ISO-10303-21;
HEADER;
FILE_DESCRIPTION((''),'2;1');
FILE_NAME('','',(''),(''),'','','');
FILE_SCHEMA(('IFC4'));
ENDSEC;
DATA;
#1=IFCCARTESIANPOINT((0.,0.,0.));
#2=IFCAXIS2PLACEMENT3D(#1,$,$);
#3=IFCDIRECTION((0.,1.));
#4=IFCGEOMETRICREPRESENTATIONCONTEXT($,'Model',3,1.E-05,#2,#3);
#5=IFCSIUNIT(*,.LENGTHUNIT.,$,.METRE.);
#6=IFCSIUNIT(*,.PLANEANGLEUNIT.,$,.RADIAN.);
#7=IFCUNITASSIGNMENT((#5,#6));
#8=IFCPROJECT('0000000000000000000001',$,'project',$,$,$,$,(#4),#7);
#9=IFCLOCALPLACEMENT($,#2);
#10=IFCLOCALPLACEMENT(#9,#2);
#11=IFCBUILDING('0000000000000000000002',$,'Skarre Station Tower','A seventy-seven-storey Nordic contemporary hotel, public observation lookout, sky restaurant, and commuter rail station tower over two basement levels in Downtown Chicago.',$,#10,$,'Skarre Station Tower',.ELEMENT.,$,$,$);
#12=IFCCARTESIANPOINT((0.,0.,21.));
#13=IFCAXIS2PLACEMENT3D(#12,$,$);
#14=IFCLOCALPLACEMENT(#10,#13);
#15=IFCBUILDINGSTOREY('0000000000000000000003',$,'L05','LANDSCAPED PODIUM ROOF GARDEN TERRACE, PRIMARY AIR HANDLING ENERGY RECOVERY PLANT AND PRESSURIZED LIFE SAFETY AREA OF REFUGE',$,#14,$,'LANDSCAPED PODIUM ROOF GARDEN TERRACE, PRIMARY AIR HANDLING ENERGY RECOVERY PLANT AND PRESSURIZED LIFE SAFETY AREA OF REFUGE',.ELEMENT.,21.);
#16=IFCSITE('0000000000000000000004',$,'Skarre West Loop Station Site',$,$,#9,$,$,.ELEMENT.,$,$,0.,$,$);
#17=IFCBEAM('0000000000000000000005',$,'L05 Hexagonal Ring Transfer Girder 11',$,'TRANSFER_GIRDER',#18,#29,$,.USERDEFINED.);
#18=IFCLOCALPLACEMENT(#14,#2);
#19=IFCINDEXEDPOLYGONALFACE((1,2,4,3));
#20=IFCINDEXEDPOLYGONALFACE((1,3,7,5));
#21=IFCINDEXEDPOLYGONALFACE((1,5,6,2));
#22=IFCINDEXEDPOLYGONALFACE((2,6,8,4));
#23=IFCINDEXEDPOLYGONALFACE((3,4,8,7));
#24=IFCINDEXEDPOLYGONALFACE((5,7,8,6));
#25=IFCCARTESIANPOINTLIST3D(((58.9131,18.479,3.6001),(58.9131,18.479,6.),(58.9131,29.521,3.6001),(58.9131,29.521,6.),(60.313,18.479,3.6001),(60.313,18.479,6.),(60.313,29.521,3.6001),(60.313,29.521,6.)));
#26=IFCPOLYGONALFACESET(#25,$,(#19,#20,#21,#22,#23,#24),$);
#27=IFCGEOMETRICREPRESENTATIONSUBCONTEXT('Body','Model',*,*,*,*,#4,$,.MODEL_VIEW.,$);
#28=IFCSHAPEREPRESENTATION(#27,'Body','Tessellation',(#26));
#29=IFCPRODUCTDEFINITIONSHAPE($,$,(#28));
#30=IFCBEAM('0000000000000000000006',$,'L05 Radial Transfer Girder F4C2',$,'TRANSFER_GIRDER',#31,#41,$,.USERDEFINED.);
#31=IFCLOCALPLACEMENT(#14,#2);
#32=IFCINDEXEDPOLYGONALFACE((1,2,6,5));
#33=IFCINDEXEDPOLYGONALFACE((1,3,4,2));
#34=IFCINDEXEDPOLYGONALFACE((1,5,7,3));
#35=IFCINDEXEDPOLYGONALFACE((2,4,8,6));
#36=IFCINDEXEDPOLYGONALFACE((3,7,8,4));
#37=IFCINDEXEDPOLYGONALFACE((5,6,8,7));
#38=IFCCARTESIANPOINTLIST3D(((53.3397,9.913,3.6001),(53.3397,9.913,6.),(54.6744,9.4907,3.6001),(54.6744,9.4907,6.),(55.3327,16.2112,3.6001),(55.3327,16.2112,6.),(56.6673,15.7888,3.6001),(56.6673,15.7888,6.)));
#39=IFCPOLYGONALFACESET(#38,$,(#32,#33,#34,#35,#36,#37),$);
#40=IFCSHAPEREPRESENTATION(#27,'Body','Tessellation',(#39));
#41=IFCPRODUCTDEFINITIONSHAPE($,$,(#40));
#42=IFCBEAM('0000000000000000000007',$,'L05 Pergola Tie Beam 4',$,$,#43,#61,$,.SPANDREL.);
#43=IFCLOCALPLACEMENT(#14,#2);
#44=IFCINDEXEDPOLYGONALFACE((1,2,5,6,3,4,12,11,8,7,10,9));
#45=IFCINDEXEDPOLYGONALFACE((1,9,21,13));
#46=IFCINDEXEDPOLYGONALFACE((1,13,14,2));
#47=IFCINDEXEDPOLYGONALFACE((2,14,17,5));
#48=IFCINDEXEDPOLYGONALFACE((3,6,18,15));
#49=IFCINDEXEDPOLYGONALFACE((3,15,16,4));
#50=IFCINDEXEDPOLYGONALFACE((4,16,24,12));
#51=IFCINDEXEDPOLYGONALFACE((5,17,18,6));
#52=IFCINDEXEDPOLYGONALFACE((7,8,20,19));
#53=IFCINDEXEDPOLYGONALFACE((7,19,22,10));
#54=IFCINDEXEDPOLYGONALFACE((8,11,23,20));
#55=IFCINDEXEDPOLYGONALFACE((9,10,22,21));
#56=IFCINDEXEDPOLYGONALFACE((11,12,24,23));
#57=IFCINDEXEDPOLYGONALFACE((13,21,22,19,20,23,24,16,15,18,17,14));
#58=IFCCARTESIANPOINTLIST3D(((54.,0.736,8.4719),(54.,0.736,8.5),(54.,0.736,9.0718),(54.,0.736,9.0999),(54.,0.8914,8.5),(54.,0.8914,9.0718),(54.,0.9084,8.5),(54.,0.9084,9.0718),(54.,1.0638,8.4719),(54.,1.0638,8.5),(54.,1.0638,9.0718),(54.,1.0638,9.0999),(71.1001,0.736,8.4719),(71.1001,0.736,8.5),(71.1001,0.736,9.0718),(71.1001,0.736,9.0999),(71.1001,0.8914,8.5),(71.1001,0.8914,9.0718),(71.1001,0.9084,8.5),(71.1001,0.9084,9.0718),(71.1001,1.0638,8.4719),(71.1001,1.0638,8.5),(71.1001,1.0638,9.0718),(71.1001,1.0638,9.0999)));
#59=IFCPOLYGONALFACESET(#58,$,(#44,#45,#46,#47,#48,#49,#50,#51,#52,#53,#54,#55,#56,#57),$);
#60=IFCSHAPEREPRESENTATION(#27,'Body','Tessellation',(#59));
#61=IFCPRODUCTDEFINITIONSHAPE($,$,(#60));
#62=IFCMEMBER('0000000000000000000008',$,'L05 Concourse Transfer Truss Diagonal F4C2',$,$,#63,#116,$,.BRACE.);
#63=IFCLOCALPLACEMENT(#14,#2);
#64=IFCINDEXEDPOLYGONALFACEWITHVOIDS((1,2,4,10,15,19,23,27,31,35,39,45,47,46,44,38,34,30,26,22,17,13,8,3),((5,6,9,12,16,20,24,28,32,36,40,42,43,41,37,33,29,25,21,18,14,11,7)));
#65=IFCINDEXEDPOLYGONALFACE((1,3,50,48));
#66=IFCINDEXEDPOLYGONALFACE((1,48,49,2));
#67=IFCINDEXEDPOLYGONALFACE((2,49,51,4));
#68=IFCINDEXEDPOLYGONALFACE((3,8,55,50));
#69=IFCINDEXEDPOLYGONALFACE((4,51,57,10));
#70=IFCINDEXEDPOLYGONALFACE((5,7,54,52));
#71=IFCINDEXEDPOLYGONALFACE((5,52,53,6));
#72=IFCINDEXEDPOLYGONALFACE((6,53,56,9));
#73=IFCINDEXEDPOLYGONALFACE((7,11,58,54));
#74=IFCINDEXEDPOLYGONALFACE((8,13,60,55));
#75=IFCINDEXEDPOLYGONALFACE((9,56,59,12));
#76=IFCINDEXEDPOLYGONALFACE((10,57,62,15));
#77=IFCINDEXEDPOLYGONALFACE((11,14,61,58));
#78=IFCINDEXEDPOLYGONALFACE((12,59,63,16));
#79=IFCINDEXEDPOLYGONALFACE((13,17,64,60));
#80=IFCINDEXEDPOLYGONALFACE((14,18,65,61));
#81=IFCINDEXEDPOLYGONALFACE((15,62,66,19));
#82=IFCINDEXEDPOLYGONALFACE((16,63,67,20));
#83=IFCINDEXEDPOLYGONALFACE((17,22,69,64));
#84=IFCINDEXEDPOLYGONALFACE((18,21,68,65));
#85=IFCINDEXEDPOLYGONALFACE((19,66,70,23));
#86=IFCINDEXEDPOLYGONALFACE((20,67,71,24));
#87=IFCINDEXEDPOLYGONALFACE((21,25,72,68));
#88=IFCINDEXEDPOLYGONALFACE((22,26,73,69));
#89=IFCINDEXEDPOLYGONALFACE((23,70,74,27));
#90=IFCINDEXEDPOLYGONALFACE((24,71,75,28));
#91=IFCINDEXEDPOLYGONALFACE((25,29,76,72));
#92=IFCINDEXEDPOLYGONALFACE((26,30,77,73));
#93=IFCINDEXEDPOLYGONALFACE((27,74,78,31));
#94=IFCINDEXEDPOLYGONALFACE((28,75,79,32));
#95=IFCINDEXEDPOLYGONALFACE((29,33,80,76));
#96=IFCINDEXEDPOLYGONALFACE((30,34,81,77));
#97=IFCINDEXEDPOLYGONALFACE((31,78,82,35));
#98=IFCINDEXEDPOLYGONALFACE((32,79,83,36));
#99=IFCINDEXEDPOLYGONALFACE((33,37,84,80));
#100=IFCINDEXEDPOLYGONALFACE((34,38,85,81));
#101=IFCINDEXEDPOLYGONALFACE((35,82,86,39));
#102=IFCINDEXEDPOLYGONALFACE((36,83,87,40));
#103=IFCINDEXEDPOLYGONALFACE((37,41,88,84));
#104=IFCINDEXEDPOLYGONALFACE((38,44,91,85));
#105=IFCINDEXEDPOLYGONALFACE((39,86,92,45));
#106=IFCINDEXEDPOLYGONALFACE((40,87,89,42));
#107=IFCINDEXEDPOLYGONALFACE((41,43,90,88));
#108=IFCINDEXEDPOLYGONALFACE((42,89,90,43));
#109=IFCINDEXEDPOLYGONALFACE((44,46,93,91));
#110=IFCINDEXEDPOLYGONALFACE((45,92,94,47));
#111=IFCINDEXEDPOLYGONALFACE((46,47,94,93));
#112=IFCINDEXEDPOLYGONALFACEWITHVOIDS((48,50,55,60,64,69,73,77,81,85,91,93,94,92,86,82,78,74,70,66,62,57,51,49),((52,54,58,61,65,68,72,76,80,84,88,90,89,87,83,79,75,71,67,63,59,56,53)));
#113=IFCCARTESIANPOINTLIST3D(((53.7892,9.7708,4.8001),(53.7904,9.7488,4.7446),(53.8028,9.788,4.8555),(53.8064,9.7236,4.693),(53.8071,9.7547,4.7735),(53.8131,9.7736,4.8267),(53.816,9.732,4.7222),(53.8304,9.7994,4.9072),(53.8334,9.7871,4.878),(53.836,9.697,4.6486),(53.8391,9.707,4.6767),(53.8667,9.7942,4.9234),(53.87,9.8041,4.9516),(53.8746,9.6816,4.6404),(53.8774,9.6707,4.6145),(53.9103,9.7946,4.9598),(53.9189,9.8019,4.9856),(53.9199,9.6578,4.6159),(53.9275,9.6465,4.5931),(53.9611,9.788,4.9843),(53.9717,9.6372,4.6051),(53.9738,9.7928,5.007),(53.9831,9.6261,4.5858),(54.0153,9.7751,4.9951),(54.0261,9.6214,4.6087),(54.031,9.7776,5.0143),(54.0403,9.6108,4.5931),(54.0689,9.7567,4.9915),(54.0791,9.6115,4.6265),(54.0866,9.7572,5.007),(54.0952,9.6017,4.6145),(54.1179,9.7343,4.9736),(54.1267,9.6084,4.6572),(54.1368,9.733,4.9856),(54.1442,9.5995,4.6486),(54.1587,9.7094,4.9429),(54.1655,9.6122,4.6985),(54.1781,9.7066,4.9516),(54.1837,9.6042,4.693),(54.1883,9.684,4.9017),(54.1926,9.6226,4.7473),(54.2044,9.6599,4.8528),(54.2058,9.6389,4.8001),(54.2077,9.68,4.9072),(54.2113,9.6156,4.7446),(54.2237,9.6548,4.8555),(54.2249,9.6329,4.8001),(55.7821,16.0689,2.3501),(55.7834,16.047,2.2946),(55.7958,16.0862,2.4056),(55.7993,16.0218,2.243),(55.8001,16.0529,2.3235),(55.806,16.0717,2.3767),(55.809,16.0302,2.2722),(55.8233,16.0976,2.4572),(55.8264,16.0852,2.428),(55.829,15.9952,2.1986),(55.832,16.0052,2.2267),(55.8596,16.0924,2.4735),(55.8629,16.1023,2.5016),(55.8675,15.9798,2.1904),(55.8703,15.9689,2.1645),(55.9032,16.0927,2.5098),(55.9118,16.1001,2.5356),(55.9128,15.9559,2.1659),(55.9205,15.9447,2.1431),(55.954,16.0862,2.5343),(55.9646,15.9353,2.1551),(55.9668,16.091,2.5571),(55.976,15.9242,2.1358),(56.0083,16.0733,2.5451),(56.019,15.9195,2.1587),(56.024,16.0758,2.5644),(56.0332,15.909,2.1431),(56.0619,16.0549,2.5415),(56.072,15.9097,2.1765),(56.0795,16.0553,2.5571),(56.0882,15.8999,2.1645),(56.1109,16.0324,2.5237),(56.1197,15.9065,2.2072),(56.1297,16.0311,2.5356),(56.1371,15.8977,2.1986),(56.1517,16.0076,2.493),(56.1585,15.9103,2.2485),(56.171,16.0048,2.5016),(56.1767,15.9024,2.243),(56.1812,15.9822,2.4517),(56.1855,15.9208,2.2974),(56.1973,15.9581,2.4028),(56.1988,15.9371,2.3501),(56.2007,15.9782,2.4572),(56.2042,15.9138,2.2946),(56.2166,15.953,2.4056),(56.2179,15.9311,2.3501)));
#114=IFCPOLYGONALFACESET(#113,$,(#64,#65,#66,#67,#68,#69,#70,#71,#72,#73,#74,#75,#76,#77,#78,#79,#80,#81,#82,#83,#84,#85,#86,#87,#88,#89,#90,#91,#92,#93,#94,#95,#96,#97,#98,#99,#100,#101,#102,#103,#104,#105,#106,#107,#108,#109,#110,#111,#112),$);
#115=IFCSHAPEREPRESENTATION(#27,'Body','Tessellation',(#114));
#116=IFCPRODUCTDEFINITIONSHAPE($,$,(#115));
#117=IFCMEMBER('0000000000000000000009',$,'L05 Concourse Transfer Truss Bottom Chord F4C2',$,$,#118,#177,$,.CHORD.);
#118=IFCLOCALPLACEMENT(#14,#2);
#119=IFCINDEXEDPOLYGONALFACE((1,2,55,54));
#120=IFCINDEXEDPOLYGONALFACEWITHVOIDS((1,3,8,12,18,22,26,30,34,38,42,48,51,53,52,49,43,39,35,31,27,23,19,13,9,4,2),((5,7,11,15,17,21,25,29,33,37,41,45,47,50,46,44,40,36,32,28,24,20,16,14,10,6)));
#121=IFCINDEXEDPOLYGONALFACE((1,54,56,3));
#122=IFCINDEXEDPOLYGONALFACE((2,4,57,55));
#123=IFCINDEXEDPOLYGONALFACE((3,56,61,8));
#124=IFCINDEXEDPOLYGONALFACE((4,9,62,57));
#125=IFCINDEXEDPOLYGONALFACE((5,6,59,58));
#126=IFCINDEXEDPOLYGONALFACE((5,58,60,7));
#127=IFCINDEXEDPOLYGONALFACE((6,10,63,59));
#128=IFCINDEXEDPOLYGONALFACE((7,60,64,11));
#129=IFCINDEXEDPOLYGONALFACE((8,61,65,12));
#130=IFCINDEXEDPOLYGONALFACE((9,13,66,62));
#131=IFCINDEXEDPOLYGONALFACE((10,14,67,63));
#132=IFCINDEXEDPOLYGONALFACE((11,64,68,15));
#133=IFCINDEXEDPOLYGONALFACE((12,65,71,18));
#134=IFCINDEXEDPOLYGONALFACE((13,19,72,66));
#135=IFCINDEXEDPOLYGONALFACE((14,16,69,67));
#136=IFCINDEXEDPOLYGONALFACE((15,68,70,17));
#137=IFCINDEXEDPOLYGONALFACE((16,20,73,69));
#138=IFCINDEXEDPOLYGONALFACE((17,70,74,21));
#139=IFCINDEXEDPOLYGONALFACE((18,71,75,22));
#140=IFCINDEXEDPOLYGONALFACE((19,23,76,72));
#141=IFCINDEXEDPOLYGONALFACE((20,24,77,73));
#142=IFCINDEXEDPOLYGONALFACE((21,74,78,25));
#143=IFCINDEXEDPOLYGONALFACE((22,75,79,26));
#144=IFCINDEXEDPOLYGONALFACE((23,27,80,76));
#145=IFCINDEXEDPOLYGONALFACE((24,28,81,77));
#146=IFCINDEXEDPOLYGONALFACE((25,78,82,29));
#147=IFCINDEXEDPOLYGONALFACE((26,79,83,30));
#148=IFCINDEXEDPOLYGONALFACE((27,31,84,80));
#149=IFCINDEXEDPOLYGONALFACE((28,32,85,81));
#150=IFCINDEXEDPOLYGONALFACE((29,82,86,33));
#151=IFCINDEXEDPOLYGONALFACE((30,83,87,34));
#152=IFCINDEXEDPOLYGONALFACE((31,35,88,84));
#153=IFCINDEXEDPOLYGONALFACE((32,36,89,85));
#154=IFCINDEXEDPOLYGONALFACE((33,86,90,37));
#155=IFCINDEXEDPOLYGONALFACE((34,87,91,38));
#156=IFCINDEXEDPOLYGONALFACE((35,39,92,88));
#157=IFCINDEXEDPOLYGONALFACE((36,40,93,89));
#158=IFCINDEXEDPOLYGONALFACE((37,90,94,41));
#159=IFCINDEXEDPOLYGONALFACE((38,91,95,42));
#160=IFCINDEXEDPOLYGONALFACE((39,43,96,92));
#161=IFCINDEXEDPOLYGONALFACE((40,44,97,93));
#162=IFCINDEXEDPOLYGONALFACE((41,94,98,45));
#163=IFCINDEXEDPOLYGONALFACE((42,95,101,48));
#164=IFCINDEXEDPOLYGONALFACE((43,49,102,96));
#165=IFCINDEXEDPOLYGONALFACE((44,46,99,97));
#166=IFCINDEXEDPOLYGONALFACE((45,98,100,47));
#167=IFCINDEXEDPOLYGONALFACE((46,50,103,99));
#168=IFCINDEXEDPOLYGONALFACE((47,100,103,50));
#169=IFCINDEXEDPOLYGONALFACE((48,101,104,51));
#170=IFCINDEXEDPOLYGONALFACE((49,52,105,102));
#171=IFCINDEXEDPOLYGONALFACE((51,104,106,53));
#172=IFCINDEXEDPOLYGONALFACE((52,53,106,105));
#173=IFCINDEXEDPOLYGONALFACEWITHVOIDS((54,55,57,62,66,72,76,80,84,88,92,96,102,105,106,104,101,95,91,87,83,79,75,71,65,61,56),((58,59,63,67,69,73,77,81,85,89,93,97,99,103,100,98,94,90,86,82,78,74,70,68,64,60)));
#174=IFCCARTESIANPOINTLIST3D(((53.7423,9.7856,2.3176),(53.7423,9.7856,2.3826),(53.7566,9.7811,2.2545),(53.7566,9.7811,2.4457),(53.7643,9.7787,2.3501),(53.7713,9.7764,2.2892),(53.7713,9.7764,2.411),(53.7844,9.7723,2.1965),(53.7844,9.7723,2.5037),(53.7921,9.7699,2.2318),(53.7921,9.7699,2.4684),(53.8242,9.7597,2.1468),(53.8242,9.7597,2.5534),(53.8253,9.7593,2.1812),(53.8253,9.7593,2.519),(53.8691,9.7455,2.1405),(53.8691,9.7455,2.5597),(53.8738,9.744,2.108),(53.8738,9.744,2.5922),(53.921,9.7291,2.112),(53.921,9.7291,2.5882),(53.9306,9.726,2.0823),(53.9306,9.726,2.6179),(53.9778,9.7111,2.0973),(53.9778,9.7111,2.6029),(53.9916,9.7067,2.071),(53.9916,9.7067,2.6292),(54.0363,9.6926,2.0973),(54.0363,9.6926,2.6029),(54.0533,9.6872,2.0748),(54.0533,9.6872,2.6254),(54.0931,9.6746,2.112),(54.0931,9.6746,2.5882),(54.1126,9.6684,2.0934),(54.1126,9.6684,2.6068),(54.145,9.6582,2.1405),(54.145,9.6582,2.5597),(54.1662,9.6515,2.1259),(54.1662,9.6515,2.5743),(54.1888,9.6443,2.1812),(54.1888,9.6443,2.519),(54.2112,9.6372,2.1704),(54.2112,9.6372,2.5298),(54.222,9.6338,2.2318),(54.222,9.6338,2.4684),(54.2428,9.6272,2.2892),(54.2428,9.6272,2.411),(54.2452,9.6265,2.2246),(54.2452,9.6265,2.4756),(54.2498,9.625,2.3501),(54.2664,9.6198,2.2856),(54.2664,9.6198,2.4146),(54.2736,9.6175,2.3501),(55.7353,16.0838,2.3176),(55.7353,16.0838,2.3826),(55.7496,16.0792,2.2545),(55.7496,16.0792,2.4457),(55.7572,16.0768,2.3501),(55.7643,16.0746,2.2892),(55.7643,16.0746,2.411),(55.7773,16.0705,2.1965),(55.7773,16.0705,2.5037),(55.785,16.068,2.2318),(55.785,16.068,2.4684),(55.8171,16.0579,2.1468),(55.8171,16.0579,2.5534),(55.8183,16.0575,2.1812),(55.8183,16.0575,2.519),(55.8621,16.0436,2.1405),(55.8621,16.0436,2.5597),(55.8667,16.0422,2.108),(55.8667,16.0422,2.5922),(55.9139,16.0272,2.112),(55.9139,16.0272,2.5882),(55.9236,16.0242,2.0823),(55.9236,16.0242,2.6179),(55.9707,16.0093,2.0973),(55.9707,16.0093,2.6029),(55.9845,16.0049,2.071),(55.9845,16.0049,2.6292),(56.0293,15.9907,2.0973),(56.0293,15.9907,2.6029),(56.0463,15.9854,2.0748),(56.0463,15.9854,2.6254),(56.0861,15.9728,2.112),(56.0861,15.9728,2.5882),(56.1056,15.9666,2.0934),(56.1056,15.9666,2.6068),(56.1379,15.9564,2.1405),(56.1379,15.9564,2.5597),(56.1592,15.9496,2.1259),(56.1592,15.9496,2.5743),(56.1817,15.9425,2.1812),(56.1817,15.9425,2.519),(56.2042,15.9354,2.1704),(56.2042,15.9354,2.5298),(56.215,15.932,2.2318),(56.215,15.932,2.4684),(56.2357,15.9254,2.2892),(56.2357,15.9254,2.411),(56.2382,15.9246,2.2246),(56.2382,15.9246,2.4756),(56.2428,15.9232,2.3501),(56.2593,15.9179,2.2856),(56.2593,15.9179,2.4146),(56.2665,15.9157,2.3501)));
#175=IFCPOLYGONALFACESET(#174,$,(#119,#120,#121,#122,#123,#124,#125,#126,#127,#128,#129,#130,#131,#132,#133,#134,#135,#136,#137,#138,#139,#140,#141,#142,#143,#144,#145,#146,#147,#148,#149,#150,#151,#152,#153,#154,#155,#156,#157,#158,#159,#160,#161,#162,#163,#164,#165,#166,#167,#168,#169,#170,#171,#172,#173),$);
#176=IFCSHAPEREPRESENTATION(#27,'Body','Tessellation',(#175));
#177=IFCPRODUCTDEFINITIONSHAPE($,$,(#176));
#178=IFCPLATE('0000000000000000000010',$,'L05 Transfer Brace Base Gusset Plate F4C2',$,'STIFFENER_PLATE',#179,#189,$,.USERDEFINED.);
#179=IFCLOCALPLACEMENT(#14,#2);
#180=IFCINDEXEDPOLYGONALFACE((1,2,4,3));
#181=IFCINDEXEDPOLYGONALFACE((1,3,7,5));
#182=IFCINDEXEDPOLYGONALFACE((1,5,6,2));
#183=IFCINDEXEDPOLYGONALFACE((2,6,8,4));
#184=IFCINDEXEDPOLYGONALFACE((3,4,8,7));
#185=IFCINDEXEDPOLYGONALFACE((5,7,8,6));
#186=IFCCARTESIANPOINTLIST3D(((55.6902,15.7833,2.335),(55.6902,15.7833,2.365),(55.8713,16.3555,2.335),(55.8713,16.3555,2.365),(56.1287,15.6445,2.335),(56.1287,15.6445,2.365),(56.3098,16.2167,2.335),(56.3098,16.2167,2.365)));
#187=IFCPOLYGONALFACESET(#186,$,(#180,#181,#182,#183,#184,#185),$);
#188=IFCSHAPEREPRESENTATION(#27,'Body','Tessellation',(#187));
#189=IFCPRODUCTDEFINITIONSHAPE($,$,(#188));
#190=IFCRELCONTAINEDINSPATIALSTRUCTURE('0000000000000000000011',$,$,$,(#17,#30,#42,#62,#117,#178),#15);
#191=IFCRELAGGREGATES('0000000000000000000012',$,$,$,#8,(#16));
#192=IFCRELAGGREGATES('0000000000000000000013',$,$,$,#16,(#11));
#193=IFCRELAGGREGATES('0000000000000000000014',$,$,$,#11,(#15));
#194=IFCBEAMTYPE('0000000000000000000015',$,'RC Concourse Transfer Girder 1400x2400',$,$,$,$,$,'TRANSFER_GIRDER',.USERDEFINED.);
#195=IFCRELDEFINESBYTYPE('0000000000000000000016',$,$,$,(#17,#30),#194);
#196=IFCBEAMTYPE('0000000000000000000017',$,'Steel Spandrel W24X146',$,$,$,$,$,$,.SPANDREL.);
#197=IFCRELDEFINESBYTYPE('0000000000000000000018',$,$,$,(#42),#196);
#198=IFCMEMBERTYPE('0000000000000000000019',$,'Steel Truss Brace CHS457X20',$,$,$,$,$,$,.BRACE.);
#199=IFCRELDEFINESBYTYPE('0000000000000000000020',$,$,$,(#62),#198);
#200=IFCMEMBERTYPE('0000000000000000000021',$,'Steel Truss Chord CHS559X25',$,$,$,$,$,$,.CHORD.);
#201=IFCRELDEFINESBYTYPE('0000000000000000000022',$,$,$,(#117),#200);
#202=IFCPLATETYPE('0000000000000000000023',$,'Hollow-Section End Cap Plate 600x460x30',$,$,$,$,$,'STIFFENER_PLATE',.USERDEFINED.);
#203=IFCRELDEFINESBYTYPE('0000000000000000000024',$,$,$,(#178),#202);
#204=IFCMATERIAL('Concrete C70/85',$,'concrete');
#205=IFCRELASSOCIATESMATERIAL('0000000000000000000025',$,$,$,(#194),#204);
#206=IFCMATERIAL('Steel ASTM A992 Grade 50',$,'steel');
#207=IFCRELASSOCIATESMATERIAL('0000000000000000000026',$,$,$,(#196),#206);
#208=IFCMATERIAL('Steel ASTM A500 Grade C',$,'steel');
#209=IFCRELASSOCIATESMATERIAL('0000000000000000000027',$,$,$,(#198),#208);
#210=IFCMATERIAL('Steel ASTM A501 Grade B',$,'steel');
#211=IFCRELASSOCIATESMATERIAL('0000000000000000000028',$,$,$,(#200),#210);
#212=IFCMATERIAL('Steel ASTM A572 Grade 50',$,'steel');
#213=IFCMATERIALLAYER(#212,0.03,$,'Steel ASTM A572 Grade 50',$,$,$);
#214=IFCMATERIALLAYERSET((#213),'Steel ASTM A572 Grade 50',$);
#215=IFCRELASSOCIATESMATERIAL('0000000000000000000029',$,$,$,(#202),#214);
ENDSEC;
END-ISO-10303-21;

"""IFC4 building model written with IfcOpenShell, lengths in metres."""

from ifc_helpers import new_model, si_unit, direction, frame, origin, origin_2d, place, context, subcontext, project, spatial, rectangle, hollow_circle, i_section, extrude, material, layer, layer_set, material_profile, profile_set, type_object, element, save


model = new_model("IFC4")

# Units and contexts
model_context = context("Model", 3, precision=1e-05, world=origin(), true_north=direction((0.0, 1.0)))
body_context = subcontext(model_context, "Body", "Model", "MODEL_VIEW")
ifc_project = project(units=[si_unit("LENGTHUNIT", "METRE"), si_unit("PLANEANGLEUNIT", "RADIAN")], contexts=[model_context])

# Site, building, storey
site_placement = place(None, origin())
site = spatial("IfcSite", under=ifc_project, at=site_placement, Name="Skarre West Loop Station Site", CompositionType="ELEMENT", RefElevation=0.0)
building_placement = place(site_placement, origin())
building = spatial("IfcBuilding", under=site, at=building_placement, Name="Skarre Station Tower", Description="A seventy-seven-storey Nordic contemporary hotel, public observation lookout, sky restaurant, and commuter rail station tower over two basement levels in Downtown Chicago.", LongName="Skarre Station Tower", CompositionType="ELEMENT")
storey_placement = place(building_placement, frame((0.0, 0.0, 21.0)))
storey = spatial("IfcBuildingStorey", under=building, at=storey_placement, Name="L05", Description="LANDSCAPED PODIUM ROOF GARDEN TERRACE, PRIMARY AIR HANDLING ENERGY RECOVERY PLANT AND PRESSURIZED LIFE SAFETY AREA OF REFUGE", LongName="LANDSCAPED PODIUM ROOF GARDEN TERRACE, PRIMARY AIR HANDLING ENERGY RECOVERY PLANT AND PRESSURIZED LIFE SAFETY AREA OF REFUGE", CompositionType="ELEMENT", Elevation=21.0)

# Shared definitions
ifc_material_1 = material(Name="Concrete C70/85", Category="concrete")
ifc_material_2 = material(Name="Steel ASTM A500 Grade C", Category="steel")

# Beams
ifc_material_profile_1 = material_profile(ifc_material_1, rectangle(XDim=1.3999, YDim=2.3999, at=origin_2d()), Name="Concrete C70/85")
ifc_profile_set_1 = profile_set([ifc_material_profile_1], Name="Concrete C70/85")
beam_type_1 = type_object("IfcBeamType", Name="RC Concourse Transfer Girder 1400x2400", ElementType="TRANSFER_GIRDER", PredefinedType="USERDEFINED", material=ifc_profile_set_1)
beam_1_placement = place(storey_placement, frame((59.613, 18.479, 4.8), z_axis=(0.0, 1.0, 0.0), x_axis=(-1.0, 0.0, 0.0)))
element("IfcBeam", 1, at=beam_1_placement, inside=storey, type_object=beam_type_1, Name="L05 Hexagonal Ring Transfer Girder 11", ObjectType="TRANSFER_GIRDER", PredefinedType="USERDEFINED", context=body_context, shape_type="SweptSolid", body=[
    extrude(rectangle(XDim=1.3999, YDim=2.3999, at=origin_2d()), origin(), (0.0, 0.0, 1.0), 11.042),
])
beam_2_placement = place(storey_placement, frame((56.0, 16.0, 4.8), z_axis=(-0.301688, -0.953407, 0.0), x_axis=(0.953407, -0.301688, 0.0)))
element("IfcBeam", 2, at=beam_2_placement, inside=storey, type_object=beam_type_1, Name="L05 Radial Transfer Girder F4C2", ObjectType="TRANSFER_GIRDER", PredefinedType="USERDEFINED", context=body_context, shape_type="SweptSolid", body=[
    extrude(rectangle(XDim=1.3999, YDim=2.3999, at=origin_2d()), origin(), (0.0, 0.0, 1.0), 6.606),
])
ifc_material_3 = material(Name="Steel ASTM A992 Grade 50", Category="steel")
ifc_material_profile_2 = material_profile(ifc_material_3, i_section(OverallWidth=0.3279, OverallDepth=0.6279, WebThickness=0.0171, FlangeThickness=0.0281, at=origin_2d()), Name="Steel ASTM A992 Grade 50")
ifc_profile_set_2 = profile_set([ifc_material_profile_2], Name="Steel ASTM A992 Grade 50")
beam_type_2 = type_object("IfcBeamType", Name="Steel Spandrel W24X146", PredefinedType="SPANDREL", material=ifc_profile_set_2)
beam_3_placement = place(storey_placement, frame((54.0, 0.8999, 8.7859), z_axis=(1.0, 0.0, 0.0), x_axis=(0.0, 1.0, 0.0)))
element("IfcBeam", 3, at=beam_3_placement, inside=storey, type_object=beam_type_2, Name="L05 Pergola Tie Beam 4", PredefinedType="SPANDREL", context=body_context, shape_type="SweptSolid", body=[
    extrude(i_section(OverallWidth=0.3279, OverallDepth=0.6279, WebThickness=0.0171, FlangeThickness=0.0281, at=origin_2d()), origin(), (0.0, 0.0, 1.0), 17.1001),
])

# Members
ifc_material_profile_3 = material_profile(ifc_material_2, hollow_circle(Radius=0.2285, WallThickness=0.02, at=origin_2d()), Name="Steel ASTM A500 Grade C")
ifc_profile_set_3 = profile_set([ifc_material_profile_3], Name="Steel ASTM A500 Grade C")
member_type_1 = type_object("IfcMemberType", Name="Steel Truss Brace CHS457X20", PredefinedType="BRACE", material=ifc_profile_set_3)
member_1_placement = place(storey_placement, frame((56.0, 16.0, 2.3501), z_axis=(-0.282862, -0.893909, 0.34773), x_axis=(0.953407, -0.301688, 0.0)))
element("IfcMember", 4, at=member_1_placement, inside=storey, type_object=member_type_1, Name="L05 Concourse Transfer Truss Diagonal F4C2", PredefinedType="BRACE", context=body_context, shape_type="SweptSolid", body=[
    extrude(hollow_circle(Radius=0.2285, WallThickness=0.02, at=origin_2d()), origin(), (0.0, 0.0, 1.0), 7.0457),
])
ifc_material_4 = material(Name="Steel ASTM A501 Grade B", Category="steel")
ifc_material_profile_4 = material_profile(ifc_material_4, hollow_circle(Radius=0.2795, WallThickness=0.0249, at=origin_2d()), Name="Steel ASTM A501 Grade B")
ifc_profile_set_4 = profile_set([ifc_material_profile_4], Name="Steel ASTM A501 Grade B")
member_type_2 = type_object("IfcMemberType", Name="Steel Truss Chord CHS559X25", PredefinedType="CHORD", material=ifc_profile_set_4)
member_2_placement = place(storey_placement, frame((56.0, 16.0, 2.3501), z_axis=(-0.301688, -0.953407, 0.0), x_axis=(0.953407, -0.301688, 0.0)))
element("IfcMember", 5, at=member_2_placement, inside=storey, type_object=member_type_2, Name="L05 Concourse Transfer Truss Bottom Chord F4C2", PredefinedType="CHORD", context=body_context, shape_type="SweptSolid", body=[
    extrude(hollow_circle(Radius=0.2795, WallThickness=0.0249, at=origin_2d()), origin(), (0.0, 0.0, 1.0), 6.606),
])

# Plate
ifc_material_5 = material(Name="Steel ASTM A572 Grade 50", Category="steel")
ifc_layer_1 = layer(ifc_material_5, 0.03, Name="Steel ASTM A572 Grade 50")
ifc_layer_set_1 = layer_set([ifc_layer_1], Name="Steel ASTM A572 Grade 50")
plate_type_1 = type_object("IfcPlateType", Name="Hollow-Section End Cap Plate 600x460x30", ElementType="STIFFENER_PLATE", PredefinedType="USERDEFINED", material=ifc_layer_set_1)
plate_1_placement = place(storey_placement, frame((56.0, 16.0, 2.335), z_axis=(0.0, 0.0, 1.0), x_axis=(-0.301704, -0.953402, 0.0)))
element("IfcPlate", 6, at=plate_1_placement, inside=storey, type_object=plate_type_1, Name="L05 Transfer Brace Base Gusset Plate F4C2", ObjectType="STIFFENER_PLATE", PredefinedType="USERDEFINED", context=body_context, shape_type="SweptSolid", body=[
    extrude(rectangle(XDim=0.6001, YDim=0.46, at=origin_2d()), origin(), (0.0, 0.0, 1.0), 0.03),
])

save(model, "model.ifc")
